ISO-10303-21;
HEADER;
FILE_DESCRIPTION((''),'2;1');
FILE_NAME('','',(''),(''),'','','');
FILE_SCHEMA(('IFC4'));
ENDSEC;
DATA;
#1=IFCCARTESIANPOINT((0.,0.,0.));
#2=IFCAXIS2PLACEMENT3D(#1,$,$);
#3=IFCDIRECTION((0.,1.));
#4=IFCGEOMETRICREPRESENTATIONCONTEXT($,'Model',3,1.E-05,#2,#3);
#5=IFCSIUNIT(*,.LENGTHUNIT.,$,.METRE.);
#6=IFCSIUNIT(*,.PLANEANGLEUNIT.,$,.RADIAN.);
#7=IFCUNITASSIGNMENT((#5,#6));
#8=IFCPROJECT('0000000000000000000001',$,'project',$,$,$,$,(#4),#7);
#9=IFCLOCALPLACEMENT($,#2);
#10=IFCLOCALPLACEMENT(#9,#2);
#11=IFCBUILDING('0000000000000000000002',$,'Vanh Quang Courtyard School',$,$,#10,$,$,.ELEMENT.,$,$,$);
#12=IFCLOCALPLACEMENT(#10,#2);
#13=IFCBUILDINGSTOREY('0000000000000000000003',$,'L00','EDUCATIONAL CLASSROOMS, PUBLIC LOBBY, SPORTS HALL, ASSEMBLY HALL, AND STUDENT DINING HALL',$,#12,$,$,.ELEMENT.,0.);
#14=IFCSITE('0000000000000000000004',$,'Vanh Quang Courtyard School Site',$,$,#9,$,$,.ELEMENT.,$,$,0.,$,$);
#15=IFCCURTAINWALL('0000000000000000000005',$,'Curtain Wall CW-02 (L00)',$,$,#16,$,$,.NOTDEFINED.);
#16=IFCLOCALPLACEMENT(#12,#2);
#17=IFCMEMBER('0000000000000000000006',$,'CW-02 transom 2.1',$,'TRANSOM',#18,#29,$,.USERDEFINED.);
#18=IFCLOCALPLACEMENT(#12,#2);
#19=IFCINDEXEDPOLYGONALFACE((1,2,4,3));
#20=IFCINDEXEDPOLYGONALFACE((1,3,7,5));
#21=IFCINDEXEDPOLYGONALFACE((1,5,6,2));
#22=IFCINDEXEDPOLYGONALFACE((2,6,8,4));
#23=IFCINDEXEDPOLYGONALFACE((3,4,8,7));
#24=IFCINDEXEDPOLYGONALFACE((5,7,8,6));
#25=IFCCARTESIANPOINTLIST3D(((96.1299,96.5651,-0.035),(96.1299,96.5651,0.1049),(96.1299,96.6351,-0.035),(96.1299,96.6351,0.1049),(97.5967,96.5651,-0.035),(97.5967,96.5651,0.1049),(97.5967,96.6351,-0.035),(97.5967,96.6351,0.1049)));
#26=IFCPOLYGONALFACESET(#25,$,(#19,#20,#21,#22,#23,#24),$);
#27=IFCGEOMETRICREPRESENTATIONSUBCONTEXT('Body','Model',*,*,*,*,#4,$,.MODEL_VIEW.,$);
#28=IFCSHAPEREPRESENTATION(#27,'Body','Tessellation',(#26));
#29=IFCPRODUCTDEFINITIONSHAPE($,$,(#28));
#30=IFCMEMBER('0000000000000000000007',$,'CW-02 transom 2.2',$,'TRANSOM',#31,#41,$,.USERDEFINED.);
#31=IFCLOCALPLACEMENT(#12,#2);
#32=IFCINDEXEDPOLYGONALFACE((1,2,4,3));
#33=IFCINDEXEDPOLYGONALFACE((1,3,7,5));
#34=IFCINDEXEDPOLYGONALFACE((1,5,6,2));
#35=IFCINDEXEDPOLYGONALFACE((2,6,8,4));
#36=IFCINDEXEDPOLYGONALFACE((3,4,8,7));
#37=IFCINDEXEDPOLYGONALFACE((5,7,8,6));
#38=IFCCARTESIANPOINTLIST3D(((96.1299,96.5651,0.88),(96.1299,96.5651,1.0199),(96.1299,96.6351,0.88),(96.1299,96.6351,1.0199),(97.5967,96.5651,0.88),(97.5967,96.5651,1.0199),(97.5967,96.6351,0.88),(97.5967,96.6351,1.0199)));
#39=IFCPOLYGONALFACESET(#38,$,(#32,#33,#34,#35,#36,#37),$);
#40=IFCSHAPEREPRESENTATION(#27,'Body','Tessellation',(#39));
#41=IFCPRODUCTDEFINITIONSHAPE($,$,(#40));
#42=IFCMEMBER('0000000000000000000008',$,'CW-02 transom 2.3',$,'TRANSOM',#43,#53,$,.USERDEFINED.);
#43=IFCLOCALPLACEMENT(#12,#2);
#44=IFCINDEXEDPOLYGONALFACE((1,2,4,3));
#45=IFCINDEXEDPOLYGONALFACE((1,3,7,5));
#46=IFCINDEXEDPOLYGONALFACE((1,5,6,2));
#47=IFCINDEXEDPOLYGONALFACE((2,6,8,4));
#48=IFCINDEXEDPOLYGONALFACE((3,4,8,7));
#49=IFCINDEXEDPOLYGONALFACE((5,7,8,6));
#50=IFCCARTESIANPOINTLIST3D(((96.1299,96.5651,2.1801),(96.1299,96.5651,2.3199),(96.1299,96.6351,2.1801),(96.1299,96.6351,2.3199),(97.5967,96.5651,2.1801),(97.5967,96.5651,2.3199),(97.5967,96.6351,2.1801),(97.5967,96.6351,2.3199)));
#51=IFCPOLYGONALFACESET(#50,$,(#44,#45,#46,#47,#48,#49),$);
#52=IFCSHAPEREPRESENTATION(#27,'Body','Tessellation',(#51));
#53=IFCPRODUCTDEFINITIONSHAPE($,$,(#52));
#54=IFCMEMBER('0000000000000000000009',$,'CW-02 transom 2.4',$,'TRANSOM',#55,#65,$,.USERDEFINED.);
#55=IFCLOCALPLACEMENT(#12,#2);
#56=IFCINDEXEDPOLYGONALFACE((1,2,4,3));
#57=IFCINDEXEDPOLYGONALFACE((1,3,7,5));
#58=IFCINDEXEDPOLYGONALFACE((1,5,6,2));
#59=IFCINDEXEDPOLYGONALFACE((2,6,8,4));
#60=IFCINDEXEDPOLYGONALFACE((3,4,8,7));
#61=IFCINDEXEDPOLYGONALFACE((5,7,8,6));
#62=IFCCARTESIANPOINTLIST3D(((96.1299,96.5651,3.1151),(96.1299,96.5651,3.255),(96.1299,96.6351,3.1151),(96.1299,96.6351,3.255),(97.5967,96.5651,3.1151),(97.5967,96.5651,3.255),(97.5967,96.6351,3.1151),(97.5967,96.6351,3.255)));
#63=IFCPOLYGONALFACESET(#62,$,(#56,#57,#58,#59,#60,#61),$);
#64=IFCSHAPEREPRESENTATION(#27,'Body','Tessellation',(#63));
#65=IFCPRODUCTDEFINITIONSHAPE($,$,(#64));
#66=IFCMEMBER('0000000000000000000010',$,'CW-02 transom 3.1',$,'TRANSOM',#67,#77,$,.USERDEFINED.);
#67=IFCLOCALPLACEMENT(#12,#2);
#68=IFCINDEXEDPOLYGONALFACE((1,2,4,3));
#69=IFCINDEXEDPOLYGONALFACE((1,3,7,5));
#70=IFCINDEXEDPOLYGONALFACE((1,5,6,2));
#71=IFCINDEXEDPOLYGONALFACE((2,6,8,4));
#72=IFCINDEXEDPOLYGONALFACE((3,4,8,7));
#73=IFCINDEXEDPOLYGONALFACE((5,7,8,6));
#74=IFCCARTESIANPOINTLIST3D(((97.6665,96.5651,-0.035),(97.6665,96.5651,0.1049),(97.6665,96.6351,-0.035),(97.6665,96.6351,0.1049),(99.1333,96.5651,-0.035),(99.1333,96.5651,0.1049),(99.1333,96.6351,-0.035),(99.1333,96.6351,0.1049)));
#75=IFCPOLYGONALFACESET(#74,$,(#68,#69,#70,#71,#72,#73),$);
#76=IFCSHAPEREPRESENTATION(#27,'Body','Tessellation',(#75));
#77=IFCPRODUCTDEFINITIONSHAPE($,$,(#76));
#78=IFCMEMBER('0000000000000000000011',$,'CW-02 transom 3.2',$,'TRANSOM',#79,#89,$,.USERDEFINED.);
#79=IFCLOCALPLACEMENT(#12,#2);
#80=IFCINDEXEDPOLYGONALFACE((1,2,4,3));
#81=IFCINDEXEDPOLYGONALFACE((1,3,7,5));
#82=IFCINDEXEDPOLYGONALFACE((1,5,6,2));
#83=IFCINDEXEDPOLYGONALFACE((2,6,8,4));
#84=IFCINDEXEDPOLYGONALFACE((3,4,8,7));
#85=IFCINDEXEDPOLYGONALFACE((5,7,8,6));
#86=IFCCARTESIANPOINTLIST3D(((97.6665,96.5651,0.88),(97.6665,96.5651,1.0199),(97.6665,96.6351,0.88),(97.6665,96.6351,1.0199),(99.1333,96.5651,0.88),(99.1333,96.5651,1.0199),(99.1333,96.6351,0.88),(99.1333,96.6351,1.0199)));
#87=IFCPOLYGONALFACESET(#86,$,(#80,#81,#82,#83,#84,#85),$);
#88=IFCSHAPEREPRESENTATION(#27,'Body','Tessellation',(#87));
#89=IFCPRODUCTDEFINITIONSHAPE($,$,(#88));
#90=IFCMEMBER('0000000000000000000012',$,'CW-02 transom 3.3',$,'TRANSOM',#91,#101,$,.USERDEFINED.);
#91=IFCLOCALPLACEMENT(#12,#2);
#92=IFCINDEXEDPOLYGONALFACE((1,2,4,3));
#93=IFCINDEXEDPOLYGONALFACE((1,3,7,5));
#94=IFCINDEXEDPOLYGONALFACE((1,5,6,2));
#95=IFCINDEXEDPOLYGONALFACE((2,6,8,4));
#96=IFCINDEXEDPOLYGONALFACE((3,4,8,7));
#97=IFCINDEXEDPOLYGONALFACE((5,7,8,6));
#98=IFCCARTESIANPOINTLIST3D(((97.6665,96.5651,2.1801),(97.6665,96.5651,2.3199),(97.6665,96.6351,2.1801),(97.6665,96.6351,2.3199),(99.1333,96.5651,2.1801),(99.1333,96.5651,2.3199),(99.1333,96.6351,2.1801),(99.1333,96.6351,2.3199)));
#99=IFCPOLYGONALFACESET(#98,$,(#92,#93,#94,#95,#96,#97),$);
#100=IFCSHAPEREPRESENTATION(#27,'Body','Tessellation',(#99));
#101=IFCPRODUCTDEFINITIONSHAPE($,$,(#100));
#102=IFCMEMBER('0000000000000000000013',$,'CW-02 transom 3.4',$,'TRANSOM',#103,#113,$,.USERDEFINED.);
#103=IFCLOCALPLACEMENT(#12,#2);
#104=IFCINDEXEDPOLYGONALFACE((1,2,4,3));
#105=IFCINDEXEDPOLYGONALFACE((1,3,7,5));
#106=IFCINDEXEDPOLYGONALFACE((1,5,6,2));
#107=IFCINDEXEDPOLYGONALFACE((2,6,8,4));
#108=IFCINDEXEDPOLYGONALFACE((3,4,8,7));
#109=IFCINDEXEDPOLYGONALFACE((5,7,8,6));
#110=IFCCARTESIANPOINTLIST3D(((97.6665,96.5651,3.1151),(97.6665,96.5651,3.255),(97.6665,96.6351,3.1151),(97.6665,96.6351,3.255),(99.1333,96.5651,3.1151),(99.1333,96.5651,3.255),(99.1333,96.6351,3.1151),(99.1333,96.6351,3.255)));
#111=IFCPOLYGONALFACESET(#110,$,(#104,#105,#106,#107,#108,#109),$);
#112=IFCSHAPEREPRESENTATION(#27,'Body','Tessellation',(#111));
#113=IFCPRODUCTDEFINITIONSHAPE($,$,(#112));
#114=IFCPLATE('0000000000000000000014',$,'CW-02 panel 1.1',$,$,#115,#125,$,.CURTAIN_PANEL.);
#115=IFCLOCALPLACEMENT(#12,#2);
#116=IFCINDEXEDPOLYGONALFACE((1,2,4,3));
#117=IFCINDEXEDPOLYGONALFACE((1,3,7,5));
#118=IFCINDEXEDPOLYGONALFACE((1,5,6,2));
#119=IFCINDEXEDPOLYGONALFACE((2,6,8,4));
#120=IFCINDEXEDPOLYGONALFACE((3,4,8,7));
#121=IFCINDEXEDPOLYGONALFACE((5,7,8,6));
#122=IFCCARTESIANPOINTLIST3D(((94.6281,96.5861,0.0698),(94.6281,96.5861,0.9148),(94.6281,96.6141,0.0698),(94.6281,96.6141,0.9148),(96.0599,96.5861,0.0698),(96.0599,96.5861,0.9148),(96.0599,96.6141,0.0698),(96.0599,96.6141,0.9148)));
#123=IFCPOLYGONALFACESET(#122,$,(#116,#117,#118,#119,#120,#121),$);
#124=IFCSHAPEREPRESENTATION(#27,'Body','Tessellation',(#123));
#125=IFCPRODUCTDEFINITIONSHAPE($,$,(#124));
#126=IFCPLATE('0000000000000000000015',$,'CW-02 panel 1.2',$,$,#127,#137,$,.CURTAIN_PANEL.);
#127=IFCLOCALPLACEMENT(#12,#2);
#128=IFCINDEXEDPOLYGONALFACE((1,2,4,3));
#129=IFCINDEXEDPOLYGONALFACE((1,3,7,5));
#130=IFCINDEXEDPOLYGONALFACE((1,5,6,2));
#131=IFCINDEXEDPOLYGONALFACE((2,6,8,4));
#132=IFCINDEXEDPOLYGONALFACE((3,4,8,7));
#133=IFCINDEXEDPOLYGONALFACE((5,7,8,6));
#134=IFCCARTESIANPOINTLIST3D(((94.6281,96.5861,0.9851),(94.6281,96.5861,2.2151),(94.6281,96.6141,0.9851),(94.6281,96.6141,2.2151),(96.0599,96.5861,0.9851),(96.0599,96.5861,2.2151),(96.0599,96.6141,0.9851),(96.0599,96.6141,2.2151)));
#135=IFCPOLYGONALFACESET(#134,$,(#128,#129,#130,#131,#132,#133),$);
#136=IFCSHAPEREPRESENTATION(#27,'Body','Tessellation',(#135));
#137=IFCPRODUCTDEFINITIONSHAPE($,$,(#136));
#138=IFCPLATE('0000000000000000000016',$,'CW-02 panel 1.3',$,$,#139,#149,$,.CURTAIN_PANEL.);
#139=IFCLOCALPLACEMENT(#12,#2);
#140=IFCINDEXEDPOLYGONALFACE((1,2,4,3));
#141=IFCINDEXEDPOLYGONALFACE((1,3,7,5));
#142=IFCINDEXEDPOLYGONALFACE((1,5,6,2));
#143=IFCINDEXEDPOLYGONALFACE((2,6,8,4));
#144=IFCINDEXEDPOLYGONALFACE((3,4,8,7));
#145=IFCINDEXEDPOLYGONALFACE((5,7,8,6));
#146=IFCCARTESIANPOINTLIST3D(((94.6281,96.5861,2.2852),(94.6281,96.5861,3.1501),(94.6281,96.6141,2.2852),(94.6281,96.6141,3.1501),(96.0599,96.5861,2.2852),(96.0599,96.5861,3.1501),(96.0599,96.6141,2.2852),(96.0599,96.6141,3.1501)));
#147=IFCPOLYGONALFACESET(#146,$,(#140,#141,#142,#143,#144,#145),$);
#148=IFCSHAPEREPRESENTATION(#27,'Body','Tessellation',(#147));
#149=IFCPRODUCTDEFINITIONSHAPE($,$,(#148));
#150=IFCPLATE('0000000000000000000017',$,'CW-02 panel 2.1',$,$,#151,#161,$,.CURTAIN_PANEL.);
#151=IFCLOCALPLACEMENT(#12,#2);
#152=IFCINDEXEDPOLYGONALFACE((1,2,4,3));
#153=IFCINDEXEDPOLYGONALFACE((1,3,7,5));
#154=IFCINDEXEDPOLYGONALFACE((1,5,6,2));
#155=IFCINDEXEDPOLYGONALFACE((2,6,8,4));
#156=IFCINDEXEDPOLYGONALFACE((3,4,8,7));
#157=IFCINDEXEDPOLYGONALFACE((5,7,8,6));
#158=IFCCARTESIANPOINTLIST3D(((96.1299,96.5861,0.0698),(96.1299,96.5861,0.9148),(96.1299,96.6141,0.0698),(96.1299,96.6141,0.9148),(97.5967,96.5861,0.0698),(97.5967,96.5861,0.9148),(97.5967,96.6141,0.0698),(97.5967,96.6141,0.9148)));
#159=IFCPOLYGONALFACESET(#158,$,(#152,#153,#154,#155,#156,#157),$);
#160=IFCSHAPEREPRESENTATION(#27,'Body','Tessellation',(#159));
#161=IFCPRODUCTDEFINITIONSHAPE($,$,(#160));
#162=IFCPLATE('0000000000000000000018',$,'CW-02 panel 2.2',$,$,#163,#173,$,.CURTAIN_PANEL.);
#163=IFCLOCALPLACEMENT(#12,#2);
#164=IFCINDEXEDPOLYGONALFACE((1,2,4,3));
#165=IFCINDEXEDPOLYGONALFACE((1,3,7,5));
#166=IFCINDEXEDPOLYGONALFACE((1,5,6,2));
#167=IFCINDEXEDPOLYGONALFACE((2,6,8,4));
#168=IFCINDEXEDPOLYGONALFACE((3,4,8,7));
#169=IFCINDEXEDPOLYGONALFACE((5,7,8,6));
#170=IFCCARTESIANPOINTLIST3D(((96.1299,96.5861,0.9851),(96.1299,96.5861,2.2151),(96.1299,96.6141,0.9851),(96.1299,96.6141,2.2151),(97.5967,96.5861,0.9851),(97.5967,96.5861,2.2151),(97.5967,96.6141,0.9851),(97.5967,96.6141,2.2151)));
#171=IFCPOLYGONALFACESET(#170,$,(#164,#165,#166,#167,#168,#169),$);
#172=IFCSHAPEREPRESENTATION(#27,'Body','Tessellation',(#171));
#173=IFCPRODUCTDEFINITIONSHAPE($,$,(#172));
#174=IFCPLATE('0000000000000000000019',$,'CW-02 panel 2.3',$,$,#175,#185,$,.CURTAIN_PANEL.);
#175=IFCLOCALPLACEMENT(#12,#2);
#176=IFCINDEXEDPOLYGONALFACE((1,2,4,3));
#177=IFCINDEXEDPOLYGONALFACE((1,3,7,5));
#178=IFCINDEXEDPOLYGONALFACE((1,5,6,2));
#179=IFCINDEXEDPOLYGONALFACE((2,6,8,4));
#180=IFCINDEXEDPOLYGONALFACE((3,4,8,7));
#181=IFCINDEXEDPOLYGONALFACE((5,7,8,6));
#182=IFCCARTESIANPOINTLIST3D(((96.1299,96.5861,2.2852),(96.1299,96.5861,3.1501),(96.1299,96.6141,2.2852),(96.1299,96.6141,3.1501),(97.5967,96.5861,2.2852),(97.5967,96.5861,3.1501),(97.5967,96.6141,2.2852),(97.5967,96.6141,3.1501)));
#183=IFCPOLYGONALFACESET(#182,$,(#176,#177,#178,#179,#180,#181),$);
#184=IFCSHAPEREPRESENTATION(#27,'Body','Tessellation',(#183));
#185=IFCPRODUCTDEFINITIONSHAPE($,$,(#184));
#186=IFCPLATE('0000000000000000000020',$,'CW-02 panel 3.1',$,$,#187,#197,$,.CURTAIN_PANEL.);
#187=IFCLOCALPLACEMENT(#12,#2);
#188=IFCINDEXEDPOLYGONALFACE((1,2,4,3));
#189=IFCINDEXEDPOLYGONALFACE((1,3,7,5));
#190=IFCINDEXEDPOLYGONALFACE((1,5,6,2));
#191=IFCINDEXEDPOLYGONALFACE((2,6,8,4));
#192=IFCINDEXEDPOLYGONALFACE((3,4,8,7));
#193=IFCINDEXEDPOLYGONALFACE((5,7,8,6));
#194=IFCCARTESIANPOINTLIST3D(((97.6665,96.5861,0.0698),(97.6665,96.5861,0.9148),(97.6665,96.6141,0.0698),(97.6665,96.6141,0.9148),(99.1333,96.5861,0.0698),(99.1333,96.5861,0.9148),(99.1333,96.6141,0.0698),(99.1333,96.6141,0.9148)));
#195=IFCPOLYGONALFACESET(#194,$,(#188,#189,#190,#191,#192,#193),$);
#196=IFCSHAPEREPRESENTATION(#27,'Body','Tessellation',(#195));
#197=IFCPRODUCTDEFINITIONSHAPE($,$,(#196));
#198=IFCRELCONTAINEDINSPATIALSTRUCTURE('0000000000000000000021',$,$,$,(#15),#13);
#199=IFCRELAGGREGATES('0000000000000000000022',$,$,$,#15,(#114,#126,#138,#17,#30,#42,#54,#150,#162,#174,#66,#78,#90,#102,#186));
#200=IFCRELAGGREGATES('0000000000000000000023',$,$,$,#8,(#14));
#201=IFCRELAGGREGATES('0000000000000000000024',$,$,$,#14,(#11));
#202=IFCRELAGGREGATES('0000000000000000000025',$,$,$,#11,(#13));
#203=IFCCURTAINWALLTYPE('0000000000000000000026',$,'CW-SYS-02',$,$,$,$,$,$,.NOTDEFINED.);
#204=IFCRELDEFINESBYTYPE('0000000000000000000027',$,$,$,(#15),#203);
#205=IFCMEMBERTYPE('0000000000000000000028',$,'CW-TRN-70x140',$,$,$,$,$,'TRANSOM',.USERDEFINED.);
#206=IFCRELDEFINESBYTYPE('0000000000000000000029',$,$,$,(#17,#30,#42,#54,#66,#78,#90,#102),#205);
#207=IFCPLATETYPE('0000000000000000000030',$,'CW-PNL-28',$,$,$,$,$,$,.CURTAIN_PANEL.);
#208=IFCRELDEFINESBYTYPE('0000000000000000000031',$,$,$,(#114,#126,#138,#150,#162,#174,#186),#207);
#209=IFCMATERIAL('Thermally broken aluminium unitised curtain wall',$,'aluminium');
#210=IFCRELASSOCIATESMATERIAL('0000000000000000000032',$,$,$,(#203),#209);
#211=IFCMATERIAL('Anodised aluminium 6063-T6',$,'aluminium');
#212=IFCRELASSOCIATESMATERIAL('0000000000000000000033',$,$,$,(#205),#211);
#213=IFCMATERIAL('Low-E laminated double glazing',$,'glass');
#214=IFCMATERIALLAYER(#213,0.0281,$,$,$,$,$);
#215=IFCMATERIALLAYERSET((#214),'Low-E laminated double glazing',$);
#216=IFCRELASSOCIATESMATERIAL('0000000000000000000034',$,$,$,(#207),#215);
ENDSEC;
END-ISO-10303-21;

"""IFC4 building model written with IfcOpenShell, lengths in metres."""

from ifc_helpers import new_model, si_unit, direction, frame, origin, origin_2d, place, context, subcontext, project, spatial, rectangle, extrude, material, layer, layer_set, material_profile, profile_set, type_object, element, aggregate, save


model = new_model("IFC4")

# Units and contexts
model_context = context("Model", 3, precision=1e-05, world=origin(), true_north=direction((0.0, 1.0)))
body_context = subcontext(model_context, "Body", "Model", "MODEL_VIEW")
ifc_project = project(units=[si_unit("LENGTHUNIT", "METRE"), si_unit("PLANEANGLEUNIT", "RADIAN")], contexts=[model_context])

# Site, building, storey
site_placement = place(None, origin())
site = spatial("IfcSite", under=ifc_project, at=site_placement, Name="Vanh Quang Courtyard School Site", CompositionType="ELEMENT", RefElevation=0.0)
building_placement = place(site_placement, origin())
building = spatial("IfcBuilding", under=site, at=building_placement, Name="Vanh Quang Courtyard School", CompositionType="ELEMENT")
storey_placement = place(building_placement, origin())
storey = spatial("IfcBuildingStorey", under=building, at=storey_placement, Name="L00", Description="EDUCATIONAL CLASSROOMS, PUBLIC LOBBY, SPORTS HALL, ASSEMBLY HALL, AND STUDENT DINING HALL", CompositionType="ELEMENT", Elevation=0.0)

# Curtain wall, members, plates
ifc_material_1 = material(Name="Thermally broken aluminium unitised curtain wall", Category="aluminium")
curtain_wall_type = type_object("IfcCurtainWallType", Name="CW-SYS-02", PredefinedType="NOTDEFINED", material=ifc_material_1)
curtain_wall_placement = place(storey_placement, origin())
curtain_wall = element("IfcCurtainWall", 1, at=curtain_wall_placement, inside=storey, type_object=curtain_wall_type, Name="Curtain Wall CW-02 (L00)", PredefinedType="NOTDEFINED")
ifc_material_2 = material(Name="Anodised aluminium 6063-T6", Category="aluminium")
ifc_material_profile_1 = material_profile(ifc_material_2, rectangle(XDim=0.0701, YDim=0.1399, at=origin_2d()), Name="ALU-TRN 70x140")
ifc_profile_set_1 = profile_set([ifc_material_profile_1], Name="Anodised aluminium 6063-T6")
member_type_1 = type_object("IfcMemberType", Name="CW-TRN-70x140", ElementType="TRANSOM", PredefinedType="USERDEFINED", material=ifc_profile_set_1)
member_1_placement = place(storey_placement, frame((96.1299, 96.6001, 0.0349), z_axis=(1.0, 0.0, 0.0), x_axis=(0.0, 1.0, 0.0)))
member_1 = element("IfcMember", 2, at=member_1_placement, type_object=member_type_1, Name="CW-02 transom 2.1", ObjectType="TRANSOM", PredefinedType="USERDEFINED", context=body_context, shape_type="SweptSolid", body=[
    extrude(rectangle(XDim=0.0701, YDim=0.1399, at=origin_2d()), origin(), (0.0, 0.0, 1.0), 1.4668),
])
member_2_placement = place(storey_placement, frame((96.1299, 96.6001, 0.95), z_axis=(1.0, 0.0, 0.0), x_axis=(0.0, 1.0, 0.0)))
member_2 = element("IfcMember", 3, at=member_2_placement, type_object=member_type_1, Name="CW-02 transom 2.2", ObjectType="TRANSOM", PredefinedType="USERDEFINED", context=body_context, shape_type="SweptSolid", body=[
    extrude(rectangle(XDim=0.0701, YDim=0.1399, at=origin_2d()), origin(), (0.0, 0.0, 1.0), 1.4668),
])
member_3_placement = place(storey_placement, frame((96.1299, 96.6001, 2.25), z_axis=(1.0, 0.0, 0.0), x_axis=(0.0, 1.0, 0.0)))
member_3 = element("IfcMember", 4, at=member_3_placement, type_object=member_type_1, Name="CW-02 transom 2.3", ObjectType="TRANSOM", PredefinedType="USERDEFINED", context=body_context, shape_type="SweptSolid", body=[
    extrude(rectangle(XDim=0.0701, YDim=0.1399, at=origin_2d()), origin(), (0.0, 0.0, 1.0), 1.4668),
])
member_4_placement = place(storey_placement, frame((96.1299, 96.6001, 3.1851), z_axis=(1.0, 0.0, 0.0), x_axis=(0.0, 1.0, 0.0)))
member_4 = element("IfcMember", 5, at=member_4_placement, type_object=member_type_1, Name="CW-02 transom 2.4", ObjectType="TRANSOM", PredefinedType="USERDEFINED", context=body_context, shape_type="SweptSolid", body=[
    extrude(rectangle(XDim=0.0701, YDim=0.1399, at=origin_2d()), origin(), (0.0, 0.0, 1.0), 1.4668),
])
member_5_placement = place(storey_placement, frame((97.6665, 96.6001, 0.0349), z_axis=(1.0, 0.0, 0.0), x_axis=(0.0, 1.0, 0.0)))
member_5 = element("IfcMember", 6, at=member_5_placement, type_object=member_type_1, Name="CW-02 transom 3.1", ObjectType="TRANSOM", PredefinedType="USERDEFINED", context=body_context, shape_type="SweptSolid", body=[
    extrude(rectangle(XDim=0.0701, YDim=0.1399, at=origin_2d()), origin(), (0.0, 0.0, 1.0), 1.4668),
])
member_6_placement = place(storey_placement, frame((97.6665, 96.6001, 0.95), z_axis=(1.0, 0.0, 0.0), x_axis=(0.0, 1.0, 0.0)))
member_6 = element("IfcMember", 7, at=member_6_placement, type_object=member_type_1, Name="CW-02 transom 3.2", ObjectType="TRANSOM", PredefinedType="USERDEFINED", context=body_context, shape_type="SweptSolid", body=[
    extrude(rectangle(XDim=0.0701, YDim=0.1399, at=origin_2d()), origin(), (0.0, 0.0, 1.0), 1.4668),
])
member_7_placement = place(storey_placement, frame((97.6665, 96.6001, 2.25), z_axis=(1.0, 0.0, 0.0), x_axis=(0.0, 1.0, 0.0)))
member_7 = element("IfcMember", 8, at=member_7_placement, type_object=member_type_1, Name="CW-02 transom 3.3", ObjectType="TRANSOM", PredefinedType="USERDEFINED", context=body_context, shape_type="SweptSolid", body=[
    extrude(rectangle(XDim=0.0701, YDim=0.1399, at=origin_2d()), origin(), (0.0, 0.0, 1.0), 1.4668),
])
member_8_placement = place(storey_placement, frame((97.6665, 96.6001, 3.1851), z_axis=(1.0, 0.0, 0.0), x_axis=(0.0, 1.0, 0.0)))
member_8 = element("IfcMember", 9, at=member_8_placement, type_object=member_type_1, Name="CW-02 transom 3.4", ObjectType="TRANSOM", PredefinedType="USERDEFINED", context=body_context, shape_type="SweptSolid", body=[
    extrude(rectangle(XDim=0.0701, YDim=0.1399, at=origin_2d()), origin(), (0.0, 0.0, 1.0), 1.4668),
])
ifc_material_3 = material(Name="Low-E laminated double glazing", Category="glass")
ifc_layer_1 = layer(ifc_material_3, 0.0281)
ifc_layer_set_1 = layer_set([ifc_layer_1], Name="Low-E laminated double glazing")
plate_type = type_object("IfcPlateType", Name="CW-PNL-28", PredefinedType="CURTAIN_PANEL", material=ifc_layer_set_1)
plate_1_placement = place(storey_placement, frame((95.344, 96.6001, 0.0698), z_axis=(0.0, 0.0, 1.0), x_axis=(1.0, 0.0, 0.0)))
plate_1 = element("IfcPlate", 10, at=plate_1_placement, type_object=plate_type, Name="CW-02 panel 1.1", PredefinedType="CURTAIN_PANEL", context=body_context, shape_type="SweptSolid", body=[
    extrude(rectangle(XDim=1.4319, YDim=0.0281, at=origin_2d()), origin(), (0.0, 0.0, 1.0), 0.845),
])
plate_2_placement = place(storey_placement, frame((95.344, 96.6001, 0.9851), z_axis=(0.0, 0.0, 1.0), x_axis=(1.0, 0.0, 0.0)))
plate_2 = element("IfcPlate", 11, at=plate_2_placement, type_object=plate_type, Name="CW-02 panel 1.2", PredefinedType="CURTAIN_PANEL", context=body_context, shape_type="SweptSolid", body=[
    extrude(rectangle(XDim=1.4319, YDim=0.0281, at=origin_2d()), origin(), (0.0, 0.0, 1.0), 1.23),
])
plate_3_placement = place(storey_placement, frame((95.344, 96.6001, 2.2852), z_axis=(0.0, 0.0, 1.0), x_axis=(1.0, 0.0, 0.0)))
plate_3 = element("IfcPlate", 12, at=plate_3_placement, type_object=plate_type, Name="CW-02 panel 1.3", PredefinedType="CURTAIN_PANEL", context=body_context, shape_type="SweptSolid", body=[
    extrude(rectangle(XDim=1.4319, YDim=0.0281, at=origin_2d()), origin(), (0.0, 0.0, 1.0), 0.865),
])
plate_4_placement = place(storey_placement, frame((96.8633, 96.6001, 0.0698), z_axis=(0.0, 0.0, 1.0), x_axis=(1.0, 0.0, 0.0)))
plate_4 = element("IfcPlate", 13, at=plate_4_placement, type_object=plate_type, Name="CW-02 panel 2.1", PredefinedType="CURTAIN_PANEL", context=body_context, shape_type="SweptSolid", body=[
    extrude(rectangle(XDim=1.4668, YDim=0.0281, at=origin_2d()), origin(), (0.0, 0.0, 1.0), 0.845),
])
plate_5_placement = place(storey_placement, frame((96.8633, 96.6001, 0.9851), z_axis=(0.0, 0.0, 1.0), x_axis=(1.0, 0.0, 0.0)))
plate_5 = element("IfcPlate", 14, at=plate_5_placement, type_object=plate_type, Name="CW-02 panel 2.2", PredefinedType="CURTAIN_PANEL", context=body_context, shape_type="SweptSolid", body=[
    extrude(rectangle(XDim=1.4668, YDim=0.0281, at=origin_2d()), origin(), (0.0, 0.0, 1.0), 1.23),
])
plate_6_placement = place(storey_placement, frame((96.8633, 96.6001, 2.2852), z_axis=(0.0, 0.0, 1.0), x_axis=(1.0, 0.0, 0.0)))
plate_6 = element("IfcPlate", 15, at=plate_6_placement, type_object=plate_type, Name="CW-02 panel 2.3", PredefinedType="CURTAIN_PANEL", context=body_context, shape_type="SweptSolid", body=[
    extrude(rectangle(XDim=1.4668, YDim=0.0281, at=origin_2d()), origin(), (0.0, 0.0, 1.0), 0.865),
])
plate_7_placement = place(storey_placement, frame((98.3999, 96.6001, 0.0698), z_axis=(0.0, 0.0, 1.0), x_axis=(1.0, 0.0, 0.0)))
plate_7 = element("IfcPlate", 16, at=plate_7_placement, type_object=plate_type, Name="CW-02 panel 3.1", PredefinedType="CURTAIN_PANEL", context=body_context, shape_type="SweptSolid", body=[
    extrude(rectangle(XDim=1.4668, YDim=0.0281, at=origin_2d()), origin(), (0.0, 0.0, 1.0), 0.845),
])
aggregate(curtain_wall, [plate_1, plate_2, plate_3, member_1, member_2, member_3, member_4, plate_4, plate_5, plate_6, member_5, member_6, member_7, member_8, plate_7])

save(model, "model.ifc")
